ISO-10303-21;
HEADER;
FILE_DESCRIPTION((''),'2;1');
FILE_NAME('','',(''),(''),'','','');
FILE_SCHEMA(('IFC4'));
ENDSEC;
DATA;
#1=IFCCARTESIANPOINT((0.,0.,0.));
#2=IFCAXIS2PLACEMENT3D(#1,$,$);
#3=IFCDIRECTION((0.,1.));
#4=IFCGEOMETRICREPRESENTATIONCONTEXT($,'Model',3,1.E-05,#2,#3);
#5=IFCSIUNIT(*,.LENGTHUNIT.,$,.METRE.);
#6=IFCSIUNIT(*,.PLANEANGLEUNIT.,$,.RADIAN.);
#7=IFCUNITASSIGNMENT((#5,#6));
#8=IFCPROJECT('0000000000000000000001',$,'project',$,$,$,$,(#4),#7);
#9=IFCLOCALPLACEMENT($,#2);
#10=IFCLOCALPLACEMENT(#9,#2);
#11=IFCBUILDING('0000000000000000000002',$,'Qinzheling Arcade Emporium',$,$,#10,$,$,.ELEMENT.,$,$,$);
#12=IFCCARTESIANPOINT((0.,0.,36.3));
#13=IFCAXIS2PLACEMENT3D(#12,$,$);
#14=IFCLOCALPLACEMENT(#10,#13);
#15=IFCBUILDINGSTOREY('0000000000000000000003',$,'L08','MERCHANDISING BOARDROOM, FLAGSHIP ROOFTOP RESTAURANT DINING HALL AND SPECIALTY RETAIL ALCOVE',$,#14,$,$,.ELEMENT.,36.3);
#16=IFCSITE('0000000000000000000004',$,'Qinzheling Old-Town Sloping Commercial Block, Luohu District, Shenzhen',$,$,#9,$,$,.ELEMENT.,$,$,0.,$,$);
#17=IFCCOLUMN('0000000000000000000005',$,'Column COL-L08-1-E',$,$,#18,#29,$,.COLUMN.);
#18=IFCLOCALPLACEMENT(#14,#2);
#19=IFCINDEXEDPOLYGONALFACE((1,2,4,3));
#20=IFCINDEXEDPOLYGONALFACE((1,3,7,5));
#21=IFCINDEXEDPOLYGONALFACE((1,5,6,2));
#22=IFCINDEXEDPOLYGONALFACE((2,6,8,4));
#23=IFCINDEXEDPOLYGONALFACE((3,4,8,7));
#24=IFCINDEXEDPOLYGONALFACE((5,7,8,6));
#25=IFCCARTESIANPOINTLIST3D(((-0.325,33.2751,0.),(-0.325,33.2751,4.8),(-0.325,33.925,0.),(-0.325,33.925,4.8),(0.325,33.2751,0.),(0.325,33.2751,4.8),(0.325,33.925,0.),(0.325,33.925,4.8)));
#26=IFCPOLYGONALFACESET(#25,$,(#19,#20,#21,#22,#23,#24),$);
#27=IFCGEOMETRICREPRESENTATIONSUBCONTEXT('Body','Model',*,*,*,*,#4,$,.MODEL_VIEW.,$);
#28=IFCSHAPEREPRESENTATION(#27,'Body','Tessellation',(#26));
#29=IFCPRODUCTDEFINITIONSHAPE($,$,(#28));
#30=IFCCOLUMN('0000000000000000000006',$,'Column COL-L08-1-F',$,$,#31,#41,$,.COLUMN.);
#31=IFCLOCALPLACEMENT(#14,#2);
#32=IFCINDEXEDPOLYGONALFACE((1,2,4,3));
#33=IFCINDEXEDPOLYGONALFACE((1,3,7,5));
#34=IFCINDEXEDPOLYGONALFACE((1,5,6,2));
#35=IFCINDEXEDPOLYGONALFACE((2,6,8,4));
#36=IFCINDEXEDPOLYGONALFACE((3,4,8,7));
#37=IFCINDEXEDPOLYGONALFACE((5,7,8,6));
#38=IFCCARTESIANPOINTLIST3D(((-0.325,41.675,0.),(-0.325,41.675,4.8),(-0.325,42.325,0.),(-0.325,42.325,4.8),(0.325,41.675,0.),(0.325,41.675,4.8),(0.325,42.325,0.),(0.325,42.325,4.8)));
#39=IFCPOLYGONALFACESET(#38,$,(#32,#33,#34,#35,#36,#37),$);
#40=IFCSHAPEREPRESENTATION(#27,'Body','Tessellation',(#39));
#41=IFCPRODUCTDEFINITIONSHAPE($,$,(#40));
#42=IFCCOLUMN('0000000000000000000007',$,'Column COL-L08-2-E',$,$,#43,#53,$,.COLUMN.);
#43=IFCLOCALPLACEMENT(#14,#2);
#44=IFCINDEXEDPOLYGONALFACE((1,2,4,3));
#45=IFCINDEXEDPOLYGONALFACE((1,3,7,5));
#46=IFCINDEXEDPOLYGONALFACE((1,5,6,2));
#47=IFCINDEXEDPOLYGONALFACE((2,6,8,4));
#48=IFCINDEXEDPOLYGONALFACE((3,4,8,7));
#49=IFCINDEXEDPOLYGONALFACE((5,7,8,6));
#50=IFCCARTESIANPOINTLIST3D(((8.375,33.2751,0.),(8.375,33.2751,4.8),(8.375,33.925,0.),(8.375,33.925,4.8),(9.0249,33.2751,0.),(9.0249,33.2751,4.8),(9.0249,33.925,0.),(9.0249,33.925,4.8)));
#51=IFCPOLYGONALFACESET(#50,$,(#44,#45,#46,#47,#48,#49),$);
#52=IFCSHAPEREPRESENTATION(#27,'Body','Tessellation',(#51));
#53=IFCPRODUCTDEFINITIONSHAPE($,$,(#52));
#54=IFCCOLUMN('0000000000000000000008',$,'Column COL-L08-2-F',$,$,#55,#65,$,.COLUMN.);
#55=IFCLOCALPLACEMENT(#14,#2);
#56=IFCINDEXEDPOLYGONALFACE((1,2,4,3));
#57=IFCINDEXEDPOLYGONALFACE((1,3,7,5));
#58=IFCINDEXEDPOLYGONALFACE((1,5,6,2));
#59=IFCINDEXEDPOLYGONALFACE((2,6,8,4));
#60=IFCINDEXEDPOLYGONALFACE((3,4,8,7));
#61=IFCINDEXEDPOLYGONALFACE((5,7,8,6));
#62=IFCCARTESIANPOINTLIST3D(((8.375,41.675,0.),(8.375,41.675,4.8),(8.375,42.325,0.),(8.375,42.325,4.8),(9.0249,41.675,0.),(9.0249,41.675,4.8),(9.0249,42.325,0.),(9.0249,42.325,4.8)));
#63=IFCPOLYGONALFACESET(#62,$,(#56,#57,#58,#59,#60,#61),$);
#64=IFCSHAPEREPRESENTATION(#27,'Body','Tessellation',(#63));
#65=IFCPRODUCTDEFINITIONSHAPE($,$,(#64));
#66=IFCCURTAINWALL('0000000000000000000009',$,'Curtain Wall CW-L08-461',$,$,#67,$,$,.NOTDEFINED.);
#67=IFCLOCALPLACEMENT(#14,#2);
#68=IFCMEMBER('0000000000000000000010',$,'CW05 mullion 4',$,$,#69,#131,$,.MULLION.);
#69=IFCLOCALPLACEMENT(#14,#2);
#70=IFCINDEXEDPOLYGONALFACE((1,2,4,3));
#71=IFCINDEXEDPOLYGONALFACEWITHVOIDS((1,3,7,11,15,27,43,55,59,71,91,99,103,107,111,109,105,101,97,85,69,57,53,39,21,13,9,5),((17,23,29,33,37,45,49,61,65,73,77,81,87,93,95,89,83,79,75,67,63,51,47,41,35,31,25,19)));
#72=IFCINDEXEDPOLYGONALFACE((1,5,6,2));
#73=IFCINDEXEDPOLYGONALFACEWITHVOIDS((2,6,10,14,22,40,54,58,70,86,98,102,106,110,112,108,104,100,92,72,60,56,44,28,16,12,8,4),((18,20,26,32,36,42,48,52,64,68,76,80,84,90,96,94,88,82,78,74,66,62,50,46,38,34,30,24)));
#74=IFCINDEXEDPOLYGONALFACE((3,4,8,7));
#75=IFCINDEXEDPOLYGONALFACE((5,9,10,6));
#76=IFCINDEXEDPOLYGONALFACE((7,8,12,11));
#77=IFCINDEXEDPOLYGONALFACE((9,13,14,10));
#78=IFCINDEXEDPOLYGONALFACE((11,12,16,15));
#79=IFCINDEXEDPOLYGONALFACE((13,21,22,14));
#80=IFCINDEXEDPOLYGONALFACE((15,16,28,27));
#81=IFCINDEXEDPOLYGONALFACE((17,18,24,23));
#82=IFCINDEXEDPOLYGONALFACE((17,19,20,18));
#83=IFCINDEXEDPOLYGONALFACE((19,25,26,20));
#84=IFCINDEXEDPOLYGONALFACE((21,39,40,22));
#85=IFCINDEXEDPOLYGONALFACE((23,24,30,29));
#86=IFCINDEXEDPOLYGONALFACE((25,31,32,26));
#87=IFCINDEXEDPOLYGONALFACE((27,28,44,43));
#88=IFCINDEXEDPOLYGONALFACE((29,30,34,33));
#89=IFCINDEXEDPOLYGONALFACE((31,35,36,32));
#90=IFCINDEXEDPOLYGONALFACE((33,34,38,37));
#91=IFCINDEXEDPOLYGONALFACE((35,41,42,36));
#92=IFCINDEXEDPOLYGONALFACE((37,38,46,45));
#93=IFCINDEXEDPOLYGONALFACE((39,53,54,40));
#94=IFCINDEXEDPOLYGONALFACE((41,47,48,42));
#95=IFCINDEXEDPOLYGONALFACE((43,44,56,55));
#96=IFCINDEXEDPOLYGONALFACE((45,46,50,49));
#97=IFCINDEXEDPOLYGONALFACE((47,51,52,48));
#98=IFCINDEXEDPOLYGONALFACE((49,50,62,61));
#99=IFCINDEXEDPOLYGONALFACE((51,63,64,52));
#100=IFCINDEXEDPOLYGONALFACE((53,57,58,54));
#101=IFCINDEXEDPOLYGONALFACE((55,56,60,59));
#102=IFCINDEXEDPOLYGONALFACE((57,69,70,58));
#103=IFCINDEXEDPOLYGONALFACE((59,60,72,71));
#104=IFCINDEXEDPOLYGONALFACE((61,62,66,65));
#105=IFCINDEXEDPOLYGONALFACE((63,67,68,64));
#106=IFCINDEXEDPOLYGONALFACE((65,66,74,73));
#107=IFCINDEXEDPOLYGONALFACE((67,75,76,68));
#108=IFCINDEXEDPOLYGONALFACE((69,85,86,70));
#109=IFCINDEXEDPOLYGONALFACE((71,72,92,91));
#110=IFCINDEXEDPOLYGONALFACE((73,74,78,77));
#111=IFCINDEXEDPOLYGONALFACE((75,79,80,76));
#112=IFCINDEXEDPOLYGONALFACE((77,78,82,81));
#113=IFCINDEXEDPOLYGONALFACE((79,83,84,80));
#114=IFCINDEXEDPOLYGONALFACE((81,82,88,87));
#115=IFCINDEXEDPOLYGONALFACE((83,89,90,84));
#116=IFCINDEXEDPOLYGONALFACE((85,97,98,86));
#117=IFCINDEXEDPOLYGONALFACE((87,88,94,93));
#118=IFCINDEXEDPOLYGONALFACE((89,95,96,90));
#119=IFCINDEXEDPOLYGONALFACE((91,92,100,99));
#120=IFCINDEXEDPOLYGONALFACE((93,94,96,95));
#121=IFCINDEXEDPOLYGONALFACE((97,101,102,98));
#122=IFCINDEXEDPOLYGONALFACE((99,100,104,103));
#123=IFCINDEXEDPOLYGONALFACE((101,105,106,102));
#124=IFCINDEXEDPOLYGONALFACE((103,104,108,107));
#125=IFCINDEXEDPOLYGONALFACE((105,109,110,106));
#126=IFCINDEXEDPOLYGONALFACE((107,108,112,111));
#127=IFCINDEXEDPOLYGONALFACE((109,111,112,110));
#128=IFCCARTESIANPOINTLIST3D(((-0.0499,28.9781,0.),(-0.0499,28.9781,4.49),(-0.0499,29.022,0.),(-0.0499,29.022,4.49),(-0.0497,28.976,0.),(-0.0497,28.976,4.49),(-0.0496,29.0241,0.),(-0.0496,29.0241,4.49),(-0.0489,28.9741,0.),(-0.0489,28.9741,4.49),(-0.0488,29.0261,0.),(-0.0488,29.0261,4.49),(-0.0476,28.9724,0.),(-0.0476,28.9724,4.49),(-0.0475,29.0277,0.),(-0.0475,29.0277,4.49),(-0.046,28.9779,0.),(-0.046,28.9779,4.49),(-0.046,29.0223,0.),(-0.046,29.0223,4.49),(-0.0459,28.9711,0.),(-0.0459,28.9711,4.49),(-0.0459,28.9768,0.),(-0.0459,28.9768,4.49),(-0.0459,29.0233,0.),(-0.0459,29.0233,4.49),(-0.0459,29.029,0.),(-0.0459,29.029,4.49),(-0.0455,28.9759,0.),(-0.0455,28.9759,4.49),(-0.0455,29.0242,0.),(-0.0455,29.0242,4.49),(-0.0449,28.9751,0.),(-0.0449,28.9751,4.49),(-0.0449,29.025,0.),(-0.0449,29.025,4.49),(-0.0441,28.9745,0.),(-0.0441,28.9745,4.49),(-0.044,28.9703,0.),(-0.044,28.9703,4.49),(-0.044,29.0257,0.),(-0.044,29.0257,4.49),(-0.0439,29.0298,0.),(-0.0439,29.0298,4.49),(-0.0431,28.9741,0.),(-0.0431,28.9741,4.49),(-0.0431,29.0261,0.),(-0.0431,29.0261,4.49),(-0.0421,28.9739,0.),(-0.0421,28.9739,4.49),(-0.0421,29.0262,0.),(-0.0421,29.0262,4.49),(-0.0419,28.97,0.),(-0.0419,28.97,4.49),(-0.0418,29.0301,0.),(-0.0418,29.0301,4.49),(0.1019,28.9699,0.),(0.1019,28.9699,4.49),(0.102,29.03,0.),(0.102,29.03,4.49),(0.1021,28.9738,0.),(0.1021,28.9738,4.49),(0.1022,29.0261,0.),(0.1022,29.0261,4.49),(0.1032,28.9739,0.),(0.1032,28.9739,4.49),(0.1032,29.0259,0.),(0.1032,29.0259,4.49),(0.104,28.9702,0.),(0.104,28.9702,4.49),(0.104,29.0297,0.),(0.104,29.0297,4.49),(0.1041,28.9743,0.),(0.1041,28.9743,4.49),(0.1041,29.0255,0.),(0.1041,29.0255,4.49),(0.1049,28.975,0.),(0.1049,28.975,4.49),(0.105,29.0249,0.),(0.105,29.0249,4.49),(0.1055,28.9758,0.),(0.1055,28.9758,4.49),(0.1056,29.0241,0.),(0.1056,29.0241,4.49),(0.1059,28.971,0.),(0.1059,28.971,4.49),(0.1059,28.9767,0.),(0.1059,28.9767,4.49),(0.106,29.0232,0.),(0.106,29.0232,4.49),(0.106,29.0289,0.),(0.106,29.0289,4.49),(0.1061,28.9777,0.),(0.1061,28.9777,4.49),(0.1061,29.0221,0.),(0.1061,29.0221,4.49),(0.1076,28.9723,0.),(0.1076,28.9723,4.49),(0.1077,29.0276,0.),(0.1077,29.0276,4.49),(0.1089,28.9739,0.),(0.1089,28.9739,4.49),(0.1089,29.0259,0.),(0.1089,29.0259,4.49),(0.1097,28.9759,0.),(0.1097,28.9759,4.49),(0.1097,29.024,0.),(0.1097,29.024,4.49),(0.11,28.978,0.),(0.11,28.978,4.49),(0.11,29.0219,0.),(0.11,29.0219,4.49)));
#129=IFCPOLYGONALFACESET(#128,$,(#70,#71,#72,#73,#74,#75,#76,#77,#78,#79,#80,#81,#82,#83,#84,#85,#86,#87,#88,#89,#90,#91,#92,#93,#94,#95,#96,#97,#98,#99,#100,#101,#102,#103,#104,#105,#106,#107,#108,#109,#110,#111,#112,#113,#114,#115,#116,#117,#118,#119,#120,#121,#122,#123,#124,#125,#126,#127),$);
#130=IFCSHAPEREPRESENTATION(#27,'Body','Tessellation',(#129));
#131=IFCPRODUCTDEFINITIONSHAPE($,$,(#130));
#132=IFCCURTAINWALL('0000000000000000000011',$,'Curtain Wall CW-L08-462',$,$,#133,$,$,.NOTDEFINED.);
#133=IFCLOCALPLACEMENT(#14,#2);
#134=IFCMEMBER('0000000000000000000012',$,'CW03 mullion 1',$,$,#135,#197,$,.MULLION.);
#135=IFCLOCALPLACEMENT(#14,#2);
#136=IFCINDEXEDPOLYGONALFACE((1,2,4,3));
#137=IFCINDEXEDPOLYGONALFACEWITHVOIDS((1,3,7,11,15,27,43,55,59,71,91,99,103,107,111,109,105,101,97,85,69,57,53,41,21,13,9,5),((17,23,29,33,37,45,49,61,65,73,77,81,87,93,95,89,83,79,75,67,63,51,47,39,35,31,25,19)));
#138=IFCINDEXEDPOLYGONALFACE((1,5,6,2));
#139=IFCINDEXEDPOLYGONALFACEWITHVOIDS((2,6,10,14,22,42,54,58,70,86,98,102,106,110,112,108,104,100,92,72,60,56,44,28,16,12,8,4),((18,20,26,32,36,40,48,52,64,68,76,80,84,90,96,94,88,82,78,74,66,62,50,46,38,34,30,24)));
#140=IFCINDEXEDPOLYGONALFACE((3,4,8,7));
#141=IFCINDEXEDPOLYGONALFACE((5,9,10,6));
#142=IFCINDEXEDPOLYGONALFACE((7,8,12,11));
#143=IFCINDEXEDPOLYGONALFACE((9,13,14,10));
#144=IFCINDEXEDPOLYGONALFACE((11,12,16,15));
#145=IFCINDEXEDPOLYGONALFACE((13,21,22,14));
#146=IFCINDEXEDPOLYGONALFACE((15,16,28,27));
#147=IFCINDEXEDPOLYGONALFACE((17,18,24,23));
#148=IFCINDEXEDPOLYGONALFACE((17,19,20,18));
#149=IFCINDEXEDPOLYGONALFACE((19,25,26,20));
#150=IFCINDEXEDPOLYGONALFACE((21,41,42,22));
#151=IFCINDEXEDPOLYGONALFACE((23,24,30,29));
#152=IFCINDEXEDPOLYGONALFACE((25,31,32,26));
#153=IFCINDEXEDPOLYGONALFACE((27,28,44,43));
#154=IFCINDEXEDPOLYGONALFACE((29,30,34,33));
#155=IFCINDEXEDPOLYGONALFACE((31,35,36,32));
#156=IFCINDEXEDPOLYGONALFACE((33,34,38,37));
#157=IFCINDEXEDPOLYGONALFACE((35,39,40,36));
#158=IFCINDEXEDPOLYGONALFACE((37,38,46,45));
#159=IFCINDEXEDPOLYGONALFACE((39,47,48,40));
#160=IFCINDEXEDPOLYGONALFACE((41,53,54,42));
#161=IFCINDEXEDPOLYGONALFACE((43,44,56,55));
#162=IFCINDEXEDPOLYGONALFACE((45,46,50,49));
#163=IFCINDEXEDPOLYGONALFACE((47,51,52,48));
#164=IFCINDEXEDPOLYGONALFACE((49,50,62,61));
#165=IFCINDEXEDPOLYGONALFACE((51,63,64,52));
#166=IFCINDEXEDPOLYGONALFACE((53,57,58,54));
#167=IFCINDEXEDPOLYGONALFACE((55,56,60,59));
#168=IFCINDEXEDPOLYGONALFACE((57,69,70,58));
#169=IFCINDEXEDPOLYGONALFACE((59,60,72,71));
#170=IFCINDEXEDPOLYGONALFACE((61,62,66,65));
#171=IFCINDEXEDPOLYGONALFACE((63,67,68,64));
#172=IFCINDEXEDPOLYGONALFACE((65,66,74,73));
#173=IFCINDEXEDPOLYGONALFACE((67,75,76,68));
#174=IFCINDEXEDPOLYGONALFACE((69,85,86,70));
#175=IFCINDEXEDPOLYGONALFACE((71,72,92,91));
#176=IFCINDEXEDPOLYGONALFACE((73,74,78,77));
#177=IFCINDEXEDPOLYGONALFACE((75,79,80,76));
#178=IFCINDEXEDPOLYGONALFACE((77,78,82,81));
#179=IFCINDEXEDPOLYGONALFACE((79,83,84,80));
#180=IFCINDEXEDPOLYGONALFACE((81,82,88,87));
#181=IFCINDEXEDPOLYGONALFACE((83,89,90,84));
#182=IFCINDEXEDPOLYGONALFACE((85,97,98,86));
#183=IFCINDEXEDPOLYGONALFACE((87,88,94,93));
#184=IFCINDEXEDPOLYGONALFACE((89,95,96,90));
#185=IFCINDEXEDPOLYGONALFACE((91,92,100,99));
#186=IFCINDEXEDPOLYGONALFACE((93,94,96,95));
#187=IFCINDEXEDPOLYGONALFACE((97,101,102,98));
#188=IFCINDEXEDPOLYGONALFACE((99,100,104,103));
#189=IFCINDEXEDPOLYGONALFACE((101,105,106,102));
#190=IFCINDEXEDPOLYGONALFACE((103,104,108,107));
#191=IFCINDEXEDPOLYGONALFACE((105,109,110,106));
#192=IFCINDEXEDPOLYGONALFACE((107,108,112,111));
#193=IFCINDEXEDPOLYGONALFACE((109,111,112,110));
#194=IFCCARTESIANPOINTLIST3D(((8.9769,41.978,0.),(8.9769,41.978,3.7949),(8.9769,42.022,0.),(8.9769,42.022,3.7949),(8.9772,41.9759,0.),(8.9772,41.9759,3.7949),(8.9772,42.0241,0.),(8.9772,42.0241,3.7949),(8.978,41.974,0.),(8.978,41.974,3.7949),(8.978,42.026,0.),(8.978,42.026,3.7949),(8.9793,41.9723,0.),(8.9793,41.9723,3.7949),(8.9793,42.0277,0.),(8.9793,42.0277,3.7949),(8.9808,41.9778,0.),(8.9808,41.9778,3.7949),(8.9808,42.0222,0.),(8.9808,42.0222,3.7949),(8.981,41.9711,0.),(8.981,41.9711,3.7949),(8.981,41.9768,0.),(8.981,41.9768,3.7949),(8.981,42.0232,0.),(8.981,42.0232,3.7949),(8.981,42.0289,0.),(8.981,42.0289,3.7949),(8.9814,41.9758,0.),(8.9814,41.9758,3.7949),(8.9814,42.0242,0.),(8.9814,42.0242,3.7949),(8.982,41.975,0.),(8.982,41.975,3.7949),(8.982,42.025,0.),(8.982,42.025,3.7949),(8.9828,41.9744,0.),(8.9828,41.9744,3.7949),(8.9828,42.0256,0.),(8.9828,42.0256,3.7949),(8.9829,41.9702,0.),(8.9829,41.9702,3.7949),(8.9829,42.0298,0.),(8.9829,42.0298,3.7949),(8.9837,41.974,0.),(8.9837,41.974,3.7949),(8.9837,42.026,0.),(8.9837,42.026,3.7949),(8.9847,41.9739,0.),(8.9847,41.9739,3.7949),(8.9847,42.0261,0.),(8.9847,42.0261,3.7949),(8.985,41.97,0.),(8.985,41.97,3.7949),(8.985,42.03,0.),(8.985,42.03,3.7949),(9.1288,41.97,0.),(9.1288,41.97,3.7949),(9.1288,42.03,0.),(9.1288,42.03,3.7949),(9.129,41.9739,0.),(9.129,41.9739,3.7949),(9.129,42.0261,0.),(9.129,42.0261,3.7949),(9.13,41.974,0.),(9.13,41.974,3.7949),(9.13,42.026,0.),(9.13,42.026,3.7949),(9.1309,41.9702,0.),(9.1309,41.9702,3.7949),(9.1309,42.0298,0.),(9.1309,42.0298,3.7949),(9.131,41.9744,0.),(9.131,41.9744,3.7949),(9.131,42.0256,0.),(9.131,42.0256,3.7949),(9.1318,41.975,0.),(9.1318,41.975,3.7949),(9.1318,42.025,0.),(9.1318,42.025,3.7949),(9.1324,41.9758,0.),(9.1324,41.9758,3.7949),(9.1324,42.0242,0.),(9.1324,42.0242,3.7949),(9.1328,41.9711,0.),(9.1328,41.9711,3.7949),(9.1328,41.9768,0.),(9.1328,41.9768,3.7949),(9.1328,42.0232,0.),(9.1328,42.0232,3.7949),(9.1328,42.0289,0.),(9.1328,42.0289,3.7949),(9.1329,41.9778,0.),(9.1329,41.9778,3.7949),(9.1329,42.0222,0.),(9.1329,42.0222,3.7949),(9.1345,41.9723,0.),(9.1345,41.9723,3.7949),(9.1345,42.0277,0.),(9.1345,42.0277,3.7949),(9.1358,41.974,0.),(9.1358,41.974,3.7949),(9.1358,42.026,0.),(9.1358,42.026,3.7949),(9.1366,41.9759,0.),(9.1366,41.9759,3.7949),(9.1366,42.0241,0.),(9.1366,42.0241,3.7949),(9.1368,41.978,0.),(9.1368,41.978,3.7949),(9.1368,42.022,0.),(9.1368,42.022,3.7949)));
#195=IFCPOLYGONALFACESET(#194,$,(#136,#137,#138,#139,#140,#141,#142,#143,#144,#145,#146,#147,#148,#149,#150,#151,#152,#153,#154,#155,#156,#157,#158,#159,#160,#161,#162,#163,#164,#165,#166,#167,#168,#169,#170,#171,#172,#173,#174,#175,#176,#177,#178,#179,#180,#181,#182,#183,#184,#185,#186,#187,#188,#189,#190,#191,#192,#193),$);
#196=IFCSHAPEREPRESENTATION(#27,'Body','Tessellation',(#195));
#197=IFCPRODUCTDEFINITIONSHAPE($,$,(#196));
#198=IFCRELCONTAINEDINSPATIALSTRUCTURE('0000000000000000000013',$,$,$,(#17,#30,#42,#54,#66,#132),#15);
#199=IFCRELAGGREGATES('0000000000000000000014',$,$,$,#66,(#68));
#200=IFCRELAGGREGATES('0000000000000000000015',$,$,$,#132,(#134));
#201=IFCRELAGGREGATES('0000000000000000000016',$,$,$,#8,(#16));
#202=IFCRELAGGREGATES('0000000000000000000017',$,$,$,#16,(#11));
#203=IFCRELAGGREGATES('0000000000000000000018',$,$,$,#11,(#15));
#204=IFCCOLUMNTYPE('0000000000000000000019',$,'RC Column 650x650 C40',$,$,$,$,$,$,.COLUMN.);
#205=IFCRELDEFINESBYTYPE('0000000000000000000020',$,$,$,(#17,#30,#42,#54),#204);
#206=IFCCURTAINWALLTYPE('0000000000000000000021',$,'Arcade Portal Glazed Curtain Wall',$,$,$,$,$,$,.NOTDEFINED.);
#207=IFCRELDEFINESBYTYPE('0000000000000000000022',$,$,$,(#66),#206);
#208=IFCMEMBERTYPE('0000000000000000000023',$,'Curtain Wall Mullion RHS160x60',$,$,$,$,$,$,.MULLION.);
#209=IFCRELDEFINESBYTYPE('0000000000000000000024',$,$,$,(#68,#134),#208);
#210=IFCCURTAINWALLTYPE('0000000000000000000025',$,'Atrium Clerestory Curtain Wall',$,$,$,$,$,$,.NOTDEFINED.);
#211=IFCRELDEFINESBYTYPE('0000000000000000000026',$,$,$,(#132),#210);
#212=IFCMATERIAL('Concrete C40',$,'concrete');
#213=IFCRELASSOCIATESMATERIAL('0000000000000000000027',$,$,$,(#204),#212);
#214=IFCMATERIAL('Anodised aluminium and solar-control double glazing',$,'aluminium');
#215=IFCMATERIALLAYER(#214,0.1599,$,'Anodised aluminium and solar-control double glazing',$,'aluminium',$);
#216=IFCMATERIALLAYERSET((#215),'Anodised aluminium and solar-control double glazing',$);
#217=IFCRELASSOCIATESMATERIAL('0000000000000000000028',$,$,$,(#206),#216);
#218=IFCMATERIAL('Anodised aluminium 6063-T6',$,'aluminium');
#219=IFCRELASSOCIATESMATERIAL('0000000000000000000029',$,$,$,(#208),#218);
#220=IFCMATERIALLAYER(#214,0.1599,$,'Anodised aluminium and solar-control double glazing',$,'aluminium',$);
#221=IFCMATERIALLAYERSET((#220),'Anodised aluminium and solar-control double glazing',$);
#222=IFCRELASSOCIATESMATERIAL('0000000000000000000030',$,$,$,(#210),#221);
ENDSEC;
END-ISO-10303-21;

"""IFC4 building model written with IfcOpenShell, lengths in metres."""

from ifc_helpers import new_model, si_unit, direction, frame, origin, origin_2d, place, context, subcontext, project, spatial, rectangle, hollow_rectangle, extrude, material, layer, layer_set, material_profile, profile_set, type_object, element, aggregate, save


model = new_model("IFC4")

# Units and contexts
model_context = context("Model", 3, precision=1e-05, world=origin(), true_north=direction((0.0, 1.0)))
body_context = subcontext(model_context, "Body", "Model", "MODEL_VIEW")
ifc_project = project(units=[si_unit("LENGTHUNIT", "METRE"), si_unit("PLANEANGLEUNIT", "RADIAN")], contexts=[model_context])

# Site, building, storey
site_placement = place(None, origin())
site = spatial("IfcSite", under=ifc_project, at=site_placement, Name="Qinzheling Old-Town Sloping Commercial Block, Luohu District, Shenzhen", CompositionType="ELEMENT", RefElevation=0.0)
building_placement = place(site_placement, origin())
building = spatial("IfcBuilding", under=site, at=building_placement, Name="Qinzheling Arcade Emporium", CompositionType="ELEMENT")
storey_placement = place(building_placement, frame((0.0, 0.0, 36.3)))
storey = spatial("IfcBuildingStorey", under=building, at=storey_placement, Name="L08", Description="MERCHANDISING BOARDROOM, FLAGSHIP ROOFTOP RESTAURANT DINING HALL AND SPECIALTY RETAIL ALCOVE", CompositionType="ELEMENT", Elevation=36.3)

# Columns
ifc_material_1 = material(Name="Concrete C40", Category="concrete")
ifc_material_profile_1 = material_profile(ifc_material_1, rectangle(XDim=0.6499, YDim=0.6499, at=origin_2d()), Name="RC 650x650", Category="concrete")
ifc_profile_set_1 = profile_set([ifc_material_profile_1], Name="Concrete C40")
column_type = type_object("IfcColumnType", Name="RC Column 650x650 C40", PredefinedType="COLUMN", material=ifc_profile_set_1)
for number, where, z_axis, x_axis, name in (
    (1, (0.0, 33.6001, 0.0), (0.0, 0.0, 1.0), (1.0, 0.0, 0.0), "Column COL-L08-1-E"),
    (2, (0.0, 42.0, 0.0), (0.0, 0.0, 1.0), (1.0, 0.0, 0.0), "Column COL-L08-1-F"),
    (3, (8.7, 33.6001, 0.0), (0.0, 0.0, 1.0), (1.0, 0.0, 0.0), "Column COL-L08-2-E"),
    (4, (8.7, 42.0, 0.0), (0.0, 0.0, 1.0), (1.0, 0.0, 0.0), "Column COL-L08-2-F"),
):
    element("IfcColumn", number, at=place(storey_placement, frame(where, z_axis=z_axis, x_axis=x_axis)), inside=storey, type_object=column_type, Name=name, PredefinedType="COLUMN", context=body_context, shape_type="SweptSolid", body=[
        extrude(rectangle(XDim=0.6499, YDim=0.6499, at=origin_2d()), origin(), (0.0, 0.0, 1.0), 4.8),
    ])

# Curtain wall, member
ifc_material_2 = material(Name="Anodised aluminium and solar-control double glazing", Category="aluminium")
ifc_layer_1 = layer(ifc_material_2, 0.1599, Name="Anodised aluminium and solar-control double glazing", Category="aluminium")
ifc_layer_set_1 = layer_set([ifc_layer_1], Name="Anodised aluminium and solar-control double glazing")
curtain_wall_type_1 = type_object("IfcCurtainWallType", Name="Arcade Portal Glazed Curtain Wall", PredefinedType="NOTDEFINED", material=ifc_layer_set_1)
curtain_wall_1_placement = place(storey_placement, origin())
curtain_wall_1 = element("IfcCurtainWall", 5, at=curtain_wall_1_placement, inside=storey, type_object=curtain_wall_type_1, Name="Curtain Wall CW-L08-461", PredefinedType="NOTDEFINED")
ifc_material_3 = material(Name="Anodised aluminium 6063-T6", Category="aluminium")
ifc_material_profile_2 = material_profile(ifc_material_3, hollow_rectangle(XDim=0.0601, YDim=0.1599, WallThickness=0.0039, InnerFilletRadius=0.0039, OuterFilletRadius=0.0081, at=origin_2d()), Name="RHS 160x60x4", Category="aluminium")
ifc_profile_set_2 = profile_set([ifc_material_profile_2], Name="Anodised aluminium 6063-T6")
member_type_1 = type_object("IfcMemberType", Name="Curtain Wall Mullion RHS160x60", PredefinedType="MULLION", material=ifc_profile_set_2)
member_1_placement = place(storey_placement, frame((0.03, 29.0, 0.0), z_axis=(0.0, 0.0, 1.0), x_axis=(-0.000897, -1.0, 0.0)))
member_1 = element("IfcMember", 6, at=member_1_placement, type_object=member_type_1, Name="CW05 mullion 4", PredefinedType="MULLION", context=body_context, shape_type="SweptSolid", body=[
    extrude(hollow_rectangle(XDim=0.0601, YDim=0.1599, WallThickness=0.0039, InnerFilletRadius=0.0039, OuterFilletRadius=0.0081, at=origin_2d()), origin(), (0.0, 0.0, 1.0), 4.49),
])

# Curtain wall, member
ifc_layer_2 = layer(ifc_material_2, 0.1599, Name="Anodised aluminium and solar-control double glazing", Category="aluminium")
ifc_layer_set_2 = layer_set([ifc_layer_2], Name="Anodised aluminium and solar-control double glazing")
curtain_wall_type_2 = type_object("IfcCurtainWallType", Name="Atrium Clerestory Curtain Wall", PredefinedType="NOTDEFINED", material=ifc_layer_set_2)
curtain_wall_2_placement = place(storey_placement, origin())
curtain_wall_2 = element("IfcCurtainWall", 7, at=curtain_wall_2_placement, inside=storey, type_object=curtain_wall_type_2, Name="Curtain Wall CW-L08-462", PredefinedType="NOTDEFINED")
member_2_placement = place(storey_placement, frame((9.0569, 42.0, 0.0), z_axis=(0.0, 0.0, 1.0), x_axis=(0.0, 1.0, 0.0)))
member_2 = element("IfcMember", 8, at=member_2_placement, type_object=member_type_1, Name="CW03 mullion 1", PredefinedType="MULLION", context=body_context, shape_type="SweptSolid", body=[
    extrude(hollow_rectangle(XDim=0.0601, YDim=0.1599, WallThickness=0.0039, InnerFilletRadius=0.0039, OuterFilletRadius=0.0081, at=origin_2d()), origin(), (0.0, 0.0, 1.0), 3.7949),
])

aggregate(curtain_wall_1, [member_1])
aggregate(curtain_wall_2, [member_2])

save(model, "model.ifc")
